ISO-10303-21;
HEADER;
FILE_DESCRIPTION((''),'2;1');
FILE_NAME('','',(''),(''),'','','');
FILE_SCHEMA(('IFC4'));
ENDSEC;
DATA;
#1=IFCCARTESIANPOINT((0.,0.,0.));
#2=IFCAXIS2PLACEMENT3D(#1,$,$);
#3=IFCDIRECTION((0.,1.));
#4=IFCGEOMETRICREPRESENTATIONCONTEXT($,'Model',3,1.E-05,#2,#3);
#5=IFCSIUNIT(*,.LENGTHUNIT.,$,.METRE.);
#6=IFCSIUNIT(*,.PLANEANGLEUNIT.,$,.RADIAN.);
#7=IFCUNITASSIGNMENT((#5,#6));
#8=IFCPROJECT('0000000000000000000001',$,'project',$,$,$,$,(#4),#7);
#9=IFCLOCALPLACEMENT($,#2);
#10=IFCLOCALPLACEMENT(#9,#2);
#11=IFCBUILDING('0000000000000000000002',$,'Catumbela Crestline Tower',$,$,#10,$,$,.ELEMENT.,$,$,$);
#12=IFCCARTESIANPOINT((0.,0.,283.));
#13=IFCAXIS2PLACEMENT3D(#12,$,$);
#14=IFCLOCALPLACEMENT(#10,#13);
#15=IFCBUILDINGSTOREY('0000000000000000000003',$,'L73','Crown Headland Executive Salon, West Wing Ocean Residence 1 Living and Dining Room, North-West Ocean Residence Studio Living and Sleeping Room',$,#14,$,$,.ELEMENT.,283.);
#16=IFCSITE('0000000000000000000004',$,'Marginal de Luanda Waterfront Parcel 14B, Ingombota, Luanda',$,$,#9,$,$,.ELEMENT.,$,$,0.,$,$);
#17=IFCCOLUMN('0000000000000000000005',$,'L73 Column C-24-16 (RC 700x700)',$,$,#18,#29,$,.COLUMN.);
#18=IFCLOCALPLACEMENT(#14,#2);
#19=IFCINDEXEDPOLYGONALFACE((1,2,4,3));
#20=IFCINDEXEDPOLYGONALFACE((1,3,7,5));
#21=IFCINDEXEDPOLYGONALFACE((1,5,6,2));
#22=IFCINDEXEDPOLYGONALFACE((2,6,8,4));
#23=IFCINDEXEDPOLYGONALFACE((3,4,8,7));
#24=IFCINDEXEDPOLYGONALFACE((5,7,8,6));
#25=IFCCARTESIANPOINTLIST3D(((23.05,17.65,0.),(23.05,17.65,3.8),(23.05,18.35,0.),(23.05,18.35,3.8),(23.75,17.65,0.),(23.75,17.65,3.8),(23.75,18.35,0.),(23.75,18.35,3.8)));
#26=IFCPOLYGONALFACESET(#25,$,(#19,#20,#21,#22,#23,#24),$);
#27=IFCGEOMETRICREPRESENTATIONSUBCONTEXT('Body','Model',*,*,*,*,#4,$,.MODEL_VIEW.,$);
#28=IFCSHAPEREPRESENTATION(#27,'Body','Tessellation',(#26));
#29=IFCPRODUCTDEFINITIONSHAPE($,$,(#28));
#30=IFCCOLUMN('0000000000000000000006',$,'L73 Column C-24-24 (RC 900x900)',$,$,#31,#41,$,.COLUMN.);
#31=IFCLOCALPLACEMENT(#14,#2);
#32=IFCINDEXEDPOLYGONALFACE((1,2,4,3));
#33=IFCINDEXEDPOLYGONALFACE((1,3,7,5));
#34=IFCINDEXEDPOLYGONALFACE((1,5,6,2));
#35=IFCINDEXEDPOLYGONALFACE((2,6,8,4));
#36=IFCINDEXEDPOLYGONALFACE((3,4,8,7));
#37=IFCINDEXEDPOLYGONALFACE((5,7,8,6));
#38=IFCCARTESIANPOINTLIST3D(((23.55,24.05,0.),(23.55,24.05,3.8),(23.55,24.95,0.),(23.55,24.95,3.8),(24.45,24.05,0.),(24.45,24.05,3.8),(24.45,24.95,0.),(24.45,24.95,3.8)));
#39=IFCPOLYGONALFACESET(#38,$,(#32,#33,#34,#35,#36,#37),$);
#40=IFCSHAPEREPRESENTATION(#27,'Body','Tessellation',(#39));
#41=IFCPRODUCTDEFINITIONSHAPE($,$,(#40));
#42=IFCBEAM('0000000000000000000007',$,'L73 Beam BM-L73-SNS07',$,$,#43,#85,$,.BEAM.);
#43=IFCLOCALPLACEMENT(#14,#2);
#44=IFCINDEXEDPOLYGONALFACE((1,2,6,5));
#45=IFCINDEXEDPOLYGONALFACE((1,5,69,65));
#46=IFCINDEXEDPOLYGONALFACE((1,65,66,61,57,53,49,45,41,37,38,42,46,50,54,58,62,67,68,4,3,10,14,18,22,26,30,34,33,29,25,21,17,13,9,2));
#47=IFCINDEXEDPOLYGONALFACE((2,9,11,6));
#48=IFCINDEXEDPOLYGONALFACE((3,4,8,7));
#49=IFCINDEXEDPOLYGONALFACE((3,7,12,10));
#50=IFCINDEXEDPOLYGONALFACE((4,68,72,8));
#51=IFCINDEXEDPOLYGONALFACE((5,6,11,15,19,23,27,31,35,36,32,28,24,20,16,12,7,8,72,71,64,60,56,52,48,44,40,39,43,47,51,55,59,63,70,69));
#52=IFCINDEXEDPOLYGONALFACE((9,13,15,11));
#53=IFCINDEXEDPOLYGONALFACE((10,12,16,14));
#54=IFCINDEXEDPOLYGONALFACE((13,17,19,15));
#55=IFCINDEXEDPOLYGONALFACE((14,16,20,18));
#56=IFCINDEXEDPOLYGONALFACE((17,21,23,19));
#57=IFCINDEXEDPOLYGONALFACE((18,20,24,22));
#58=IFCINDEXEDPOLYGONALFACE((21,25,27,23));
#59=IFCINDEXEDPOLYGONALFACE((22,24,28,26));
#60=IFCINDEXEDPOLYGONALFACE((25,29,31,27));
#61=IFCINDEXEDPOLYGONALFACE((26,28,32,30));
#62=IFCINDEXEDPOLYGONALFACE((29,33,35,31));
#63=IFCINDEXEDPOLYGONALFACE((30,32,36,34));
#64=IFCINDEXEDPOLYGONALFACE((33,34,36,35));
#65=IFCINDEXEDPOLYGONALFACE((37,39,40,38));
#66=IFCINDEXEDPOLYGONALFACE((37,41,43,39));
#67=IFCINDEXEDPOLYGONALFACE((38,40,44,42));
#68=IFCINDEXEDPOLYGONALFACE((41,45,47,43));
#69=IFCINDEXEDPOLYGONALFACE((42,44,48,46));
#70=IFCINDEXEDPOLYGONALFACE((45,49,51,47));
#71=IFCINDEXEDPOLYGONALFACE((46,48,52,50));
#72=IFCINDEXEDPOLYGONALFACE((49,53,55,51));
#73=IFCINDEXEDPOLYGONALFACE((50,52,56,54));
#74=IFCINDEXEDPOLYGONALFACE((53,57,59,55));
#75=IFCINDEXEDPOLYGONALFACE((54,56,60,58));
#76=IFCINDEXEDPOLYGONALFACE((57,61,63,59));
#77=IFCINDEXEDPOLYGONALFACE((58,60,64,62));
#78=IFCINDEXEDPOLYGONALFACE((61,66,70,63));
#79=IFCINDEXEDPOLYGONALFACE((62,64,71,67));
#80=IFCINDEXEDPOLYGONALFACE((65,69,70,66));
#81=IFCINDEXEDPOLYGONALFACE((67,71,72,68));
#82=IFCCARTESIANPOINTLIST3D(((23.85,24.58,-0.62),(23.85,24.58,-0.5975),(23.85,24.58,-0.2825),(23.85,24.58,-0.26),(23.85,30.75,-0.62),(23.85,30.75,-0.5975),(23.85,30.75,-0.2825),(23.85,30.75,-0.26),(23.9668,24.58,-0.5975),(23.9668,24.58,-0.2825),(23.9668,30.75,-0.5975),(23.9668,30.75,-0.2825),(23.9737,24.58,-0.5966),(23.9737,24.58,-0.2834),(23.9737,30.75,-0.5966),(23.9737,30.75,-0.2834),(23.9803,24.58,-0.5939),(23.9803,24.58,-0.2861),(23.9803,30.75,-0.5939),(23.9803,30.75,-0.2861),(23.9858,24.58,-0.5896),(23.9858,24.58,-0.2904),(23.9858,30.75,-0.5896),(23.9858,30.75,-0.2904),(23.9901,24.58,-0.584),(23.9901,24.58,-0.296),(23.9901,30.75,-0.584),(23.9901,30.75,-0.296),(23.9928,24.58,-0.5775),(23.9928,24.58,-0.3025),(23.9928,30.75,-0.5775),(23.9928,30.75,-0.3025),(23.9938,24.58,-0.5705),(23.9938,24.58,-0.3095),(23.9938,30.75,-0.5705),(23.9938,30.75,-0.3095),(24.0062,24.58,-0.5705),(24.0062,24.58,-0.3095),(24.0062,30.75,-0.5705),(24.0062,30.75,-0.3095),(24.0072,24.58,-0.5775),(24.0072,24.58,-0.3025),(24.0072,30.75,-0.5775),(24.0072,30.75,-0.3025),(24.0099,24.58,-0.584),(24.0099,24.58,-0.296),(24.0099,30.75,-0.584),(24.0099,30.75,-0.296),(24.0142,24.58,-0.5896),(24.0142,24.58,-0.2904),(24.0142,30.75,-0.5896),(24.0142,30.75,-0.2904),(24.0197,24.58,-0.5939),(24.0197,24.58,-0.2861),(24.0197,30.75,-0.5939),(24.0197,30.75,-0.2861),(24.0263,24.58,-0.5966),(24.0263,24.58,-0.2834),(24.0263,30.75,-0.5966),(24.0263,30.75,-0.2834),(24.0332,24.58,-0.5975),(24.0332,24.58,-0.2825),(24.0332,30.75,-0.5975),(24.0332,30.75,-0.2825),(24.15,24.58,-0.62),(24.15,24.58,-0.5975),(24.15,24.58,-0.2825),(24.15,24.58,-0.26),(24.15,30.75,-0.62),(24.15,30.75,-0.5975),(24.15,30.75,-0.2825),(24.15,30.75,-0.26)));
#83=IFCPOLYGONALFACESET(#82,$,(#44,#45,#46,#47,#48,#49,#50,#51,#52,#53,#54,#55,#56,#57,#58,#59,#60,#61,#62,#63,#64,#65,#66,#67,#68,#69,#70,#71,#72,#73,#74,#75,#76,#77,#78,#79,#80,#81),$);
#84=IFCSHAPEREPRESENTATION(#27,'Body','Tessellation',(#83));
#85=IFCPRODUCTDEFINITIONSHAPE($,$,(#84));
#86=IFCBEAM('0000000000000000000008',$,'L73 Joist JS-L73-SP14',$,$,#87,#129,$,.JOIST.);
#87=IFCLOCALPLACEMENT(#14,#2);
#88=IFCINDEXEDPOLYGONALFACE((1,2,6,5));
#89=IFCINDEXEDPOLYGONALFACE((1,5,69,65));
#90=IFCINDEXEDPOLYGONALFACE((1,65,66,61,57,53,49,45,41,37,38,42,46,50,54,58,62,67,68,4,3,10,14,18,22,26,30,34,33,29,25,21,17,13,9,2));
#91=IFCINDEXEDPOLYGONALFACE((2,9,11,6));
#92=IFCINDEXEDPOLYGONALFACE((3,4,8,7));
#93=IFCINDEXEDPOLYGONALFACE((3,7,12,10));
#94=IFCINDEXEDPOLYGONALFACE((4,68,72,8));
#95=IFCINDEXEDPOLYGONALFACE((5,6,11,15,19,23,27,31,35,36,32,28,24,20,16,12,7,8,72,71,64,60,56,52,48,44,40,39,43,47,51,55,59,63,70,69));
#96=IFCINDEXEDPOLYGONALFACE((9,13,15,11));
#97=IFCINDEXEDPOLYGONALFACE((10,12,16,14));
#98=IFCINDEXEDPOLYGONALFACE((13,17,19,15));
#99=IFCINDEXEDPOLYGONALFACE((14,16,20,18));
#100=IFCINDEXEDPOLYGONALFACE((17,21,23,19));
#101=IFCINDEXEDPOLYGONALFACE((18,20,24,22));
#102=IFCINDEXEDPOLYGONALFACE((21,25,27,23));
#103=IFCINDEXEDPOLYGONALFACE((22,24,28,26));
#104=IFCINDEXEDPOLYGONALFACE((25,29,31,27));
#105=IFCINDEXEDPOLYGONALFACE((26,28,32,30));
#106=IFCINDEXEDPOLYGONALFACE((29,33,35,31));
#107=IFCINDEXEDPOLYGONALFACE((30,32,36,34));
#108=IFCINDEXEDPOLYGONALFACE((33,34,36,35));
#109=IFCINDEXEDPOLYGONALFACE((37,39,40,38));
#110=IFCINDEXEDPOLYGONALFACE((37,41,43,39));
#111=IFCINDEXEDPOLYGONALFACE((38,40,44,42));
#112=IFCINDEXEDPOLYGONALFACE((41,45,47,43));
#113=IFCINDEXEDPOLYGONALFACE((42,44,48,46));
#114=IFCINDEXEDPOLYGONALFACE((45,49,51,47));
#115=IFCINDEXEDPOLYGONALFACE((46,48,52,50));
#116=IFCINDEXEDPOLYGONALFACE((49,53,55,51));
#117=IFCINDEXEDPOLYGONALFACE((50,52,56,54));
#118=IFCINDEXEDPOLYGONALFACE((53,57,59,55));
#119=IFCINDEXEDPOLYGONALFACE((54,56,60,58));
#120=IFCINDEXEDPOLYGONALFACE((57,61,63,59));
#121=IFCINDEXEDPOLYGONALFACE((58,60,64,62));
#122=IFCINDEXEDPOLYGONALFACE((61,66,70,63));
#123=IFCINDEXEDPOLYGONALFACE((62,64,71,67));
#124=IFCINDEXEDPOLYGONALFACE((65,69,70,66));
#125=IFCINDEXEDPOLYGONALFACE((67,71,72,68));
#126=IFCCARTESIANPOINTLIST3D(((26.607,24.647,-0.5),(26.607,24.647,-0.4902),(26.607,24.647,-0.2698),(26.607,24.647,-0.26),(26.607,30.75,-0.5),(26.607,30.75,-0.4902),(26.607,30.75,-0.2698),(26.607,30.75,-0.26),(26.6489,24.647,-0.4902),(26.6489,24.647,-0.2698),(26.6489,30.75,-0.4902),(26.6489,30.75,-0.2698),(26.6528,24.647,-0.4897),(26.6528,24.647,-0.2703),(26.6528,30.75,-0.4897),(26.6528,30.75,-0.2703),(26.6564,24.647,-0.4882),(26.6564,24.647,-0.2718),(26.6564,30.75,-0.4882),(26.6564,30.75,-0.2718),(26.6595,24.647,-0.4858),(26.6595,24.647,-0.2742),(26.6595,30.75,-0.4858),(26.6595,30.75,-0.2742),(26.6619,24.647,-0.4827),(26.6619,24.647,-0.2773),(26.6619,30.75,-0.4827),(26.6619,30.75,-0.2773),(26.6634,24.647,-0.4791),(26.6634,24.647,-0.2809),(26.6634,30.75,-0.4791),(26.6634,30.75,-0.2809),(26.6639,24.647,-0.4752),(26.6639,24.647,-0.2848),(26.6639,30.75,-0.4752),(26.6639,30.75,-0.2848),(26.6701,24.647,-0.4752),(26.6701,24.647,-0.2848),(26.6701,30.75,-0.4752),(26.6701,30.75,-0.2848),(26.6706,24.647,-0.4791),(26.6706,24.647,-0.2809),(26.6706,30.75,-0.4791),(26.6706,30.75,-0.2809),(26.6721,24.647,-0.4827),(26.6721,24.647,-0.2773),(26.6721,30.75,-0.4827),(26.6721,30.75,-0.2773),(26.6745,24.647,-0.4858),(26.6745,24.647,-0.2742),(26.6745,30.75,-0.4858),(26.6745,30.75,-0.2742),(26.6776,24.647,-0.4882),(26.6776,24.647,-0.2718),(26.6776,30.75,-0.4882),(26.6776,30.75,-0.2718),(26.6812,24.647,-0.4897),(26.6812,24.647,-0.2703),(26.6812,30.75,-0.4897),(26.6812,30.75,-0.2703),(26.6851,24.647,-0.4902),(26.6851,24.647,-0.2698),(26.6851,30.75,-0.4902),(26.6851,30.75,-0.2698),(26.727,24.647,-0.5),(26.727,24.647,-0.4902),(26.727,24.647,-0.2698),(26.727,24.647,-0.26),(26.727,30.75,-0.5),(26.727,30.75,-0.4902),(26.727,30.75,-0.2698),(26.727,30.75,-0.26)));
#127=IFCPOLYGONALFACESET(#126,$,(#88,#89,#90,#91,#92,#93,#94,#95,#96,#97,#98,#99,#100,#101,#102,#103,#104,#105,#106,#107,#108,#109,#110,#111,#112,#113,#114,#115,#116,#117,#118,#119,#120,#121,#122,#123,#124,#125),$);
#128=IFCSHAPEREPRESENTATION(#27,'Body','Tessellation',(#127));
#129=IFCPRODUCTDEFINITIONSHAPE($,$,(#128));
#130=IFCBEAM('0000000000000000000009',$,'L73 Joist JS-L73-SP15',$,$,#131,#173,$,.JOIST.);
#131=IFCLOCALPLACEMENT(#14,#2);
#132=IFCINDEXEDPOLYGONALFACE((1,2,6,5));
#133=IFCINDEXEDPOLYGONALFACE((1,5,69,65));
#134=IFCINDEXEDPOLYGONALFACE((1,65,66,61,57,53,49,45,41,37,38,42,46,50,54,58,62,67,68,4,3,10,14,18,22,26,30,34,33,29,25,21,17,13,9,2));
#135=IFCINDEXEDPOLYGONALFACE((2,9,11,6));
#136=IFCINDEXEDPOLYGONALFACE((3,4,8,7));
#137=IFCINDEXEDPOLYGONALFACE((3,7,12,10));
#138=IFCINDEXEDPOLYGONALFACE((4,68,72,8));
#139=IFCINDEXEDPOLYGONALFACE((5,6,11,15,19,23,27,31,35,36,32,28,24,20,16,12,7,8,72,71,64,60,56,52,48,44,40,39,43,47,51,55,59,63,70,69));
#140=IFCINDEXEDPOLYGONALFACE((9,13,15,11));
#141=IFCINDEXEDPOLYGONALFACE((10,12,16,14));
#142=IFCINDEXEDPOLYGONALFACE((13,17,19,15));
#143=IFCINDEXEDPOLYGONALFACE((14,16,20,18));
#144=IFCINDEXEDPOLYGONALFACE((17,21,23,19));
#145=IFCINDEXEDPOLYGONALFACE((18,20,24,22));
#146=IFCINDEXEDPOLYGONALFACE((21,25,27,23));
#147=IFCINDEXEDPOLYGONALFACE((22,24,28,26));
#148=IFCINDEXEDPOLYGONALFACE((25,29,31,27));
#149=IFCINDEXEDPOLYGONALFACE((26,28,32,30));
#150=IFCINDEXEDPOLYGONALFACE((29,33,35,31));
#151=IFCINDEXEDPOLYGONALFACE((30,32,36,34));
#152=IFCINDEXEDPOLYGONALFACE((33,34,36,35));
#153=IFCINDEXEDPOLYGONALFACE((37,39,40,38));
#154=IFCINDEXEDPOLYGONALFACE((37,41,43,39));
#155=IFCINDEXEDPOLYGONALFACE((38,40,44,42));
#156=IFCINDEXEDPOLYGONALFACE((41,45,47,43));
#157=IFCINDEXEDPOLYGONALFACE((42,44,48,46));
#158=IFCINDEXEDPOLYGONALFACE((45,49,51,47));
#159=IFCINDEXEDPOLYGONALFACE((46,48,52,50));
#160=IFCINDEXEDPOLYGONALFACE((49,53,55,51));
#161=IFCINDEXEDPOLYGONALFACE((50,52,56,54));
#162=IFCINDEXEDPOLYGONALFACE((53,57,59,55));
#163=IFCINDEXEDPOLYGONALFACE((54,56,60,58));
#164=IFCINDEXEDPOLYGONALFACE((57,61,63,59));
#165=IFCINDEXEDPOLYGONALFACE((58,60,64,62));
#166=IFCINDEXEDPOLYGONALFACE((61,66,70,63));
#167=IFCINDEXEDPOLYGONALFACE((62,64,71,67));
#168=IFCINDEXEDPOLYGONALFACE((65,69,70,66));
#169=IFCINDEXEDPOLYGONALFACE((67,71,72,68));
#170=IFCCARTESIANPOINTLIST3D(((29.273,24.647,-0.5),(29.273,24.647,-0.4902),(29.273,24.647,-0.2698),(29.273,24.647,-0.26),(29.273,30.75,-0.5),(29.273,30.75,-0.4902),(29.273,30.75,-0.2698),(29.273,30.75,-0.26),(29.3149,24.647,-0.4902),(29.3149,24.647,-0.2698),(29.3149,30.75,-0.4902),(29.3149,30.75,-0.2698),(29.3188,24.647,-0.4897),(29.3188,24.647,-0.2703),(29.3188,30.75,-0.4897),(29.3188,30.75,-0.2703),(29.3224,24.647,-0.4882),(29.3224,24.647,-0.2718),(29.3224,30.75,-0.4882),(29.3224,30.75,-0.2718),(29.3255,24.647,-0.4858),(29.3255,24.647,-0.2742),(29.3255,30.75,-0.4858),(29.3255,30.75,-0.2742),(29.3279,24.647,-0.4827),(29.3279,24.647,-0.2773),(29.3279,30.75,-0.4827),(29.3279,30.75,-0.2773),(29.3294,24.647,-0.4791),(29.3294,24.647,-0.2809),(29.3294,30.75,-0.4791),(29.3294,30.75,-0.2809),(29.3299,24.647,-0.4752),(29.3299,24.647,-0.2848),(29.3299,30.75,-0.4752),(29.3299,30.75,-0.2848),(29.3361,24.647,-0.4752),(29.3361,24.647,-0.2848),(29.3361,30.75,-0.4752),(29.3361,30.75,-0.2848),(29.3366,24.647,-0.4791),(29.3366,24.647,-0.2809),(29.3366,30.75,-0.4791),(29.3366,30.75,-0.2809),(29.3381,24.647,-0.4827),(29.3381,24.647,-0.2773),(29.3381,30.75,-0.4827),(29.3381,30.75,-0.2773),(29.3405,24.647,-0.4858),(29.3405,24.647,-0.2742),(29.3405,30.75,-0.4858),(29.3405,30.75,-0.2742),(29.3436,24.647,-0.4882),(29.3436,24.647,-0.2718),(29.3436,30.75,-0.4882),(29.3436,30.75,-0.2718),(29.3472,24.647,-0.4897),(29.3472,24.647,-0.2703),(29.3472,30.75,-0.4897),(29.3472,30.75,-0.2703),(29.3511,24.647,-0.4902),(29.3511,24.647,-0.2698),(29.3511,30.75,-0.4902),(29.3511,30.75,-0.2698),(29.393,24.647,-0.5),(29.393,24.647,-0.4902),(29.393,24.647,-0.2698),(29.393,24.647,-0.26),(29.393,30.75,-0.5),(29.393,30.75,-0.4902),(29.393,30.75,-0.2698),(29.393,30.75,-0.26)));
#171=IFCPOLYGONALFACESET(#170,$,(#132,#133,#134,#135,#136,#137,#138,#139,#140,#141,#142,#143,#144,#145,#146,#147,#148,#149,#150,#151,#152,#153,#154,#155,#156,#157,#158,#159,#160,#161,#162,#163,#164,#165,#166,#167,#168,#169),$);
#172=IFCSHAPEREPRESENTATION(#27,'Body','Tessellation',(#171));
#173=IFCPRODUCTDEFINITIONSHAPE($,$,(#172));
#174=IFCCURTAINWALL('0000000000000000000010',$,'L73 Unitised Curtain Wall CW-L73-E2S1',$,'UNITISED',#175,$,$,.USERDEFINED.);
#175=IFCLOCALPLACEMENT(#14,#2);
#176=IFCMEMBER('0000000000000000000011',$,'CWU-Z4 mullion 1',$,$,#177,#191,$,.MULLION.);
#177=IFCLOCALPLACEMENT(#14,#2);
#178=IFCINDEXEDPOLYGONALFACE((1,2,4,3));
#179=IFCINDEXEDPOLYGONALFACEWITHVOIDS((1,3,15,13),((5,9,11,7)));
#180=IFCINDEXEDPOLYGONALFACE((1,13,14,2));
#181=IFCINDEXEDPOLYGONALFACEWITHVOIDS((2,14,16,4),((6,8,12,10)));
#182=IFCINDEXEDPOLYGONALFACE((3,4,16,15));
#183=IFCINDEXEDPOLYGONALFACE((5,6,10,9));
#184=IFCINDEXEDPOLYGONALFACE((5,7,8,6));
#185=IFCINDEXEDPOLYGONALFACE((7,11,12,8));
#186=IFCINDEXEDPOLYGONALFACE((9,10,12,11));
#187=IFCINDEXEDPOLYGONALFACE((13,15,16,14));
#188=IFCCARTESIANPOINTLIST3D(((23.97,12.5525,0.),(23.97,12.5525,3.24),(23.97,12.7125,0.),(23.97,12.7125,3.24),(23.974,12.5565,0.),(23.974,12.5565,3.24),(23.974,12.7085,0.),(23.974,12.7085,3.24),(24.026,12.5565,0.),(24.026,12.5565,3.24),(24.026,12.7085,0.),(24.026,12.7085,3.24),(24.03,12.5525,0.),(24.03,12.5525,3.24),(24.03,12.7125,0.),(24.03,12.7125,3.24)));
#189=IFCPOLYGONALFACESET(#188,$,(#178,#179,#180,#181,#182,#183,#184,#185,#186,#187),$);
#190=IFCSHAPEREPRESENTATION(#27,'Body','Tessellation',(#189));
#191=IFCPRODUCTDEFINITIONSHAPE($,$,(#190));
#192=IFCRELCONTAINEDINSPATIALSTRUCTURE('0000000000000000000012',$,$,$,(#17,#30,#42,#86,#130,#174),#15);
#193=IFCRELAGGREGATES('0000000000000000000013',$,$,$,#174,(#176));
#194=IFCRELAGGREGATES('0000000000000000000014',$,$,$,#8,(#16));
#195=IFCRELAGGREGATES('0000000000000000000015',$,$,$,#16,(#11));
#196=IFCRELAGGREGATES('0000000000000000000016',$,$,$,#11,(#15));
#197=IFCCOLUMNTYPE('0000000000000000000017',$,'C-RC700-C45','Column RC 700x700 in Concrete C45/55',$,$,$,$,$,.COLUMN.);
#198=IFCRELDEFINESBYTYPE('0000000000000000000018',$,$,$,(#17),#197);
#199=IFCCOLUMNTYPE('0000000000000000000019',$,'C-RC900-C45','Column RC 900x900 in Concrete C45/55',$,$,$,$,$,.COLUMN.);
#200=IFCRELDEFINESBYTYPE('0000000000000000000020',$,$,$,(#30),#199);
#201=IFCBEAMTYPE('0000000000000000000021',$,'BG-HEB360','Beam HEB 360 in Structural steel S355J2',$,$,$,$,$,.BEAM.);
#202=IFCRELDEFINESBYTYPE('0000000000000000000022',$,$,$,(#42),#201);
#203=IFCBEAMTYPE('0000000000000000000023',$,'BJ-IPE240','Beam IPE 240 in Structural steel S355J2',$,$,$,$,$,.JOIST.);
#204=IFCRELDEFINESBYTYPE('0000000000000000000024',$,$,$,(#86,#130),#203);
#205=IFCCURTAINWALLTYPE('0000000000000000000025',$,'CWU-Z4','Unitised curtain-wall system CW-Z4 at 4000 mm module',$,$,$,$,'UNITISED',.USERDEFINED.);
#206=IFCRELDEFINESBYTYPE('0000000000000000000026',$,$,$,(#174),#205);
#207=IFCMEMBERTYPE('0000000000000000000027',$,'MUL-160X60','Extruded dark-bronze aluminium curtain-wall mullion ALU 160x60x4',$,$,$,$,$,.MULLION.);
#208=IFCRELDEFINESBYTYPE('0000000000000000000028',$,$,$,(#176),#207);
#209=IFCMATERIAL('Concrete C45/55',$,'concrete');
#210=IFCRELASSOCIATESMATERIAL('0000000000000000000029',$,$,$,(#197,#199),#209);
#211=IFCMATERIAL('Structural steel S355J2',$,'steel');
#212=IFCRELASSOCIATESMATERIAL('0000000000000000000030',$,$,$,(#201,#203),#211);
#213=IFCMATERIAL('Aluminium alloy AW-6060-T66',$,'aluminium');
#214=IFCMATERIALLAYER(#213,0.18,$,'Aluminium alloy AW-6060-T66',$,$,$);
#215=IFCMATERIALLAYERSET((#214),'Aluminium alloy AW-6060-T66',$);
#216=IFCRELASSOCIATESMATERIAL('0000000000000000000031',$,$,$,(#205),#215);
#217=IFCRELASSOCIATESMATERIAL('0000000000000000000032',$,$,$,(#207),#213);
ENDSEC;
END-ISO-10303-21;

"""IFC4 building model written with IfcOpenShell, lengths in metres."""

from ifc_helpers import new_model, si_unit, direction, frame, origin, origin_2d, place, context, subcontext, project, spatial, rectangle, hollow_rectangle, i_section, extrude, material, layer, layer_set, material_profile, profile_set, type_object, element, aggregate, save


model = new_model("IFC4")

# Units and contexts
model_context = context("Model", 3, precision=1e-05, world=origin(), true_north=direction((0.0, 1.0)))
body_context = subcontext(model_context, "Body", "Model", "MODEL_VIEW")
ifc_project = project(units=[si_unit("LENGTHUNIT", "METRE"), si_unit("PLANEANGLEUNIT", "RADIAN")], contexts=[model_context])

# Site, building, storey
site_placement = place(None, origin())
site = spatial("IfcSite", under=ifc_project, at=site_placement, Name="Marginal de Luanda Waterfront Parcel 14B, Ingombota, Luanda", CompositionType="ELEMENT", RefElevation=0.0)
building_placement = place(site_placement, origin())
building = spatial("IfcBuilding", under=site, at=building_placement, Name="Catumbela Crestline Tower", CompositionType="ELEMENT")
storey_placement = place(building_placement, frame((0.0, 0.0, 283.0)))
storey = spatial("IfcBuildingStorey", under=building, at=storey_placement, Name="L73", Description="Crown Headland Executive Salon, West Wing Ocean Residence 1 Living and Dining Room, North-West Ocean Residence Studio Living and Sleeping Room", CompositionType="ELEMENT", Elevation=283.0)

# Columns
ifc_material_1 = material(Name="Concrete C45/55", Category="concrete")
ifc_material_profile_1 = material_profile(ifc_material_1, rectangle(XDim=0.7, YDim=0.7, at=origin_2d()), Name="RC 700x700")
ifc_profile_set_1 = profile_set([ifc_material_profile_1], Name="Concrete C45/55")
column_type_1 = type_object("IfcColumnType", Name="C-RC700-C45", Description="Column RC 700x700 in Concrete C45/55", PredefinedType="COLUMN", material=ifc_profile_set_1)
column_1_placement = place(storey_placement, frame((23.4, 18.0, 0.0), z_axis=(0.0, 0.0, 1.0), x_axis=(1.0, 0.0, 0.0)))
element("IfcColumn", 1, at=column_1_placement, inside=storey, type_object=column_type_1, Name="L73 Column C-24-16 (RC 700x700)", PredefinedType="COLUMN", context=body_context, shape_type="SweptSolid", body=[
    extrude(rectangle(XDim=0.7, YDim=0.7, at=origin_2d()), origin(), (0.0, 0.0, 1.0), 3.8),
])
ifc_material_profile_2 = material_profile(ifc_material_1, rectangle(XDim=0.9, YDim=0.9, at=origin_2d()), Name="RC 900x900")
ifc_profile_set_2 = profile_set([ifc_material_profile_2], Name="Concrete C45/55")
column_type_2 = type_object("IfcColumnType", Name="C-RC900-C45", Description="Column RC 900x900 in Concrete C45/55", PredefinedType="COLUMN", material=ifc_profile_set_2)
column_2_placement = place(storey_placement, frame((24.0, 24.5, 0.0), z_axis=(0.0, 0.0, 1.0), x_axis=(1.0, 0.0, 0.0)))
element("IfcColumn", 2, at=column_2_placement, inside=storey, type_object=column_type_2, Name="L73 Column C-24-24 (RC 900x900)", PredefinedType="COLUMN", context=body_context, shape_type="SweptSolid", body=[
    extrude(rectangle(XDim=0.9, YDim=0.9, at=origin_2d()), origin(), (0.0, 0.0, 1.0), 3.8),
])

# Beams
ifc_material_2 = material(Name="Structural steel S355J2", Category="steel")
ifc_material_profile_3 = material_profile(ifc_material_2, i_section(OverallWidth=0.3, OverallDepth=0.36, WebThickness=0.0125, FlangeThickness=0.0225, FilletRadius=0.027, at=origin_2d()), Name="HEB 360")
ifc_profile_set_3 = profile_set([ifc_material_profile_3], Name="Structural steel S355J2")
beam_type_1 = type_object("IfcBeamType", Name="BG-HEB360", Description="Beam HEB 360 in Structural steel S355J2", PredefinedType="BEAM", material=ifc_profile_set_3)
beam_1_placement = place(storey_placement, frame((24.0, 24.58, -0.44), z_axis=(0.0, 1.0, 0.0), x_axis=(-1.0, 0.0, 0.0)))
element("IfcBeam", 3, at=beam_1_placement, inside=storey, type_object=beam_type_1, Name="L73 Beam BM-L73-SNS07", PredefinedType="BEAM", context=body_context, shape_type="SweptSolid", body=[
    extrude(i_section(OverallWidth=0.3, OverallDepth=0.36, WebThickness=0.0125, FlangeThickness=0.0225, FilletRadius=0.027, at=origin_2d()), origin(), (0.0, 0.0, 1.0), 6.17),
])
ifc_material_profile_4 = material_profile(ifc_material_2, i_section(OverallWidth=0.12, OverallDepth=0.24, WebThickness=0.0062, FlangeThickness=0.0098, FilletRadius=0.015, at=origin_2d()), Name="IPE 240")
ifc_profile_set_4 = profile_set([ifc_material_profile_4], Name="Structural steel S355J2")
beam_type_2 = type_object("IfcBeamType", Name="BJ-IPE240", Description="Beam IPE 240 in Structural steel S355J2", PredefinedType="JOIST", material=ifc_profile_set_4)
for number, where, z_axis, x_axis, name in (
    (4, (26.667, 24.647, -0.38), (0.0, 1.0, 0.0), (-1.0, 0.0, 0.0), "L73 Joist JS-L73-SP14"),
    (5, (29.333, 24.647, -0.38), (0.0, 1.0, 0.0), (-1.0, 0.0, 0.0), "L73 Joist JS-L73-SP15"),
):
    element("IfcBeam", number, at=place(storey_placement, frame(where, z_axis=z_axis, x_axis=x_axis)), inside=storey, type_object=beam_type_2, Name=name, PredefinedType="JOIST", context=body_context, shape_type="SweptSolid", body=[
        extrude(i_section(OverallWidth=0.12, OverallDepth=0.24, WebThickness=0.0062, FlangeThickness=0.0098, FilletRadius=0.015, at=origin_2d()), origin(), (0.0, 0.0, 1.0), 6.103),
    ])

# Curtain wall, member
ifc_material_3 = material(Name="Aluminium alloy AW-6060-T66", Category="aluminium")
ifc_layer_1 = layer(ifc_material_3, 0.18, Name="Aluminium alloy AW-6060-T66")
ifc_layer_set_1 = layer_set([ifc_layer_1], Name="Aluminium alloy AW-6060-T66")
curtain_wall_type = type_object("IfcCurtainWallType", Name="CWU-Z4", Description="Unitised curtain-wall system CW-Z4 at 4000 mm module", ElementType="UNITISED", PredefinedType="USERDEFINED", material=ifc_layer_set_1)
curtain_wall_1_placement = place(storey_placement, origin())
curtain_wall_1 = element("IfcCurtainWall", 6, at=curtain_wall_1_placement, inside=storey, type_object=curtain_wall_type, Name="L73 Unitised Curtain Wall CW-L73-E2S1", ObjectType="UNITISED", PredefinedType="USERDEFINED")
ifc_material_profile_5 = material_profile(ifc_material_3, hollow_rectangle(XDim=0.06, YDim=0.16, WallThickness=0.004, at=origin_2d()), Name="ALU 160x60x4")
ifc_profile_set_5 = profile_set([ifc_material_profile_5], Name="Aluminium alloy AW-6060-T66")
member_type_1 = type_object("IfcMemberType", Name="MUL-160X60", Description="Extruded dark-bronze aluminium curtain-wall mullion ALU 160x60x4", PredefinedType="MULLION", material=ifc_profile_set_5)
member_1_placement = place(storey_placement, frame((24.0, 12.6325, 0.0), z_axis=(0.0, 0.0, 1.0), x_axis=(-1.0, 0.0, 0.0)))
member_1 = element("IfcMember", 7, at=member_1_placement, type_object=member_type_1, Name="CWU-Z4 mullion 1", PredefinedType="MULLION", context=body_context, shape_type="SweptSolid", body=[
    extrude(hollow_rectangle(XDim=0.06, YDim=0.16, WallThickness=0.004, at=origin_2d()), origin(), (0.0, 0.0, 1.0), 3.24),
])

aggregate(curtain_wall_1, [member_1])

save(model, "model.ifc")
